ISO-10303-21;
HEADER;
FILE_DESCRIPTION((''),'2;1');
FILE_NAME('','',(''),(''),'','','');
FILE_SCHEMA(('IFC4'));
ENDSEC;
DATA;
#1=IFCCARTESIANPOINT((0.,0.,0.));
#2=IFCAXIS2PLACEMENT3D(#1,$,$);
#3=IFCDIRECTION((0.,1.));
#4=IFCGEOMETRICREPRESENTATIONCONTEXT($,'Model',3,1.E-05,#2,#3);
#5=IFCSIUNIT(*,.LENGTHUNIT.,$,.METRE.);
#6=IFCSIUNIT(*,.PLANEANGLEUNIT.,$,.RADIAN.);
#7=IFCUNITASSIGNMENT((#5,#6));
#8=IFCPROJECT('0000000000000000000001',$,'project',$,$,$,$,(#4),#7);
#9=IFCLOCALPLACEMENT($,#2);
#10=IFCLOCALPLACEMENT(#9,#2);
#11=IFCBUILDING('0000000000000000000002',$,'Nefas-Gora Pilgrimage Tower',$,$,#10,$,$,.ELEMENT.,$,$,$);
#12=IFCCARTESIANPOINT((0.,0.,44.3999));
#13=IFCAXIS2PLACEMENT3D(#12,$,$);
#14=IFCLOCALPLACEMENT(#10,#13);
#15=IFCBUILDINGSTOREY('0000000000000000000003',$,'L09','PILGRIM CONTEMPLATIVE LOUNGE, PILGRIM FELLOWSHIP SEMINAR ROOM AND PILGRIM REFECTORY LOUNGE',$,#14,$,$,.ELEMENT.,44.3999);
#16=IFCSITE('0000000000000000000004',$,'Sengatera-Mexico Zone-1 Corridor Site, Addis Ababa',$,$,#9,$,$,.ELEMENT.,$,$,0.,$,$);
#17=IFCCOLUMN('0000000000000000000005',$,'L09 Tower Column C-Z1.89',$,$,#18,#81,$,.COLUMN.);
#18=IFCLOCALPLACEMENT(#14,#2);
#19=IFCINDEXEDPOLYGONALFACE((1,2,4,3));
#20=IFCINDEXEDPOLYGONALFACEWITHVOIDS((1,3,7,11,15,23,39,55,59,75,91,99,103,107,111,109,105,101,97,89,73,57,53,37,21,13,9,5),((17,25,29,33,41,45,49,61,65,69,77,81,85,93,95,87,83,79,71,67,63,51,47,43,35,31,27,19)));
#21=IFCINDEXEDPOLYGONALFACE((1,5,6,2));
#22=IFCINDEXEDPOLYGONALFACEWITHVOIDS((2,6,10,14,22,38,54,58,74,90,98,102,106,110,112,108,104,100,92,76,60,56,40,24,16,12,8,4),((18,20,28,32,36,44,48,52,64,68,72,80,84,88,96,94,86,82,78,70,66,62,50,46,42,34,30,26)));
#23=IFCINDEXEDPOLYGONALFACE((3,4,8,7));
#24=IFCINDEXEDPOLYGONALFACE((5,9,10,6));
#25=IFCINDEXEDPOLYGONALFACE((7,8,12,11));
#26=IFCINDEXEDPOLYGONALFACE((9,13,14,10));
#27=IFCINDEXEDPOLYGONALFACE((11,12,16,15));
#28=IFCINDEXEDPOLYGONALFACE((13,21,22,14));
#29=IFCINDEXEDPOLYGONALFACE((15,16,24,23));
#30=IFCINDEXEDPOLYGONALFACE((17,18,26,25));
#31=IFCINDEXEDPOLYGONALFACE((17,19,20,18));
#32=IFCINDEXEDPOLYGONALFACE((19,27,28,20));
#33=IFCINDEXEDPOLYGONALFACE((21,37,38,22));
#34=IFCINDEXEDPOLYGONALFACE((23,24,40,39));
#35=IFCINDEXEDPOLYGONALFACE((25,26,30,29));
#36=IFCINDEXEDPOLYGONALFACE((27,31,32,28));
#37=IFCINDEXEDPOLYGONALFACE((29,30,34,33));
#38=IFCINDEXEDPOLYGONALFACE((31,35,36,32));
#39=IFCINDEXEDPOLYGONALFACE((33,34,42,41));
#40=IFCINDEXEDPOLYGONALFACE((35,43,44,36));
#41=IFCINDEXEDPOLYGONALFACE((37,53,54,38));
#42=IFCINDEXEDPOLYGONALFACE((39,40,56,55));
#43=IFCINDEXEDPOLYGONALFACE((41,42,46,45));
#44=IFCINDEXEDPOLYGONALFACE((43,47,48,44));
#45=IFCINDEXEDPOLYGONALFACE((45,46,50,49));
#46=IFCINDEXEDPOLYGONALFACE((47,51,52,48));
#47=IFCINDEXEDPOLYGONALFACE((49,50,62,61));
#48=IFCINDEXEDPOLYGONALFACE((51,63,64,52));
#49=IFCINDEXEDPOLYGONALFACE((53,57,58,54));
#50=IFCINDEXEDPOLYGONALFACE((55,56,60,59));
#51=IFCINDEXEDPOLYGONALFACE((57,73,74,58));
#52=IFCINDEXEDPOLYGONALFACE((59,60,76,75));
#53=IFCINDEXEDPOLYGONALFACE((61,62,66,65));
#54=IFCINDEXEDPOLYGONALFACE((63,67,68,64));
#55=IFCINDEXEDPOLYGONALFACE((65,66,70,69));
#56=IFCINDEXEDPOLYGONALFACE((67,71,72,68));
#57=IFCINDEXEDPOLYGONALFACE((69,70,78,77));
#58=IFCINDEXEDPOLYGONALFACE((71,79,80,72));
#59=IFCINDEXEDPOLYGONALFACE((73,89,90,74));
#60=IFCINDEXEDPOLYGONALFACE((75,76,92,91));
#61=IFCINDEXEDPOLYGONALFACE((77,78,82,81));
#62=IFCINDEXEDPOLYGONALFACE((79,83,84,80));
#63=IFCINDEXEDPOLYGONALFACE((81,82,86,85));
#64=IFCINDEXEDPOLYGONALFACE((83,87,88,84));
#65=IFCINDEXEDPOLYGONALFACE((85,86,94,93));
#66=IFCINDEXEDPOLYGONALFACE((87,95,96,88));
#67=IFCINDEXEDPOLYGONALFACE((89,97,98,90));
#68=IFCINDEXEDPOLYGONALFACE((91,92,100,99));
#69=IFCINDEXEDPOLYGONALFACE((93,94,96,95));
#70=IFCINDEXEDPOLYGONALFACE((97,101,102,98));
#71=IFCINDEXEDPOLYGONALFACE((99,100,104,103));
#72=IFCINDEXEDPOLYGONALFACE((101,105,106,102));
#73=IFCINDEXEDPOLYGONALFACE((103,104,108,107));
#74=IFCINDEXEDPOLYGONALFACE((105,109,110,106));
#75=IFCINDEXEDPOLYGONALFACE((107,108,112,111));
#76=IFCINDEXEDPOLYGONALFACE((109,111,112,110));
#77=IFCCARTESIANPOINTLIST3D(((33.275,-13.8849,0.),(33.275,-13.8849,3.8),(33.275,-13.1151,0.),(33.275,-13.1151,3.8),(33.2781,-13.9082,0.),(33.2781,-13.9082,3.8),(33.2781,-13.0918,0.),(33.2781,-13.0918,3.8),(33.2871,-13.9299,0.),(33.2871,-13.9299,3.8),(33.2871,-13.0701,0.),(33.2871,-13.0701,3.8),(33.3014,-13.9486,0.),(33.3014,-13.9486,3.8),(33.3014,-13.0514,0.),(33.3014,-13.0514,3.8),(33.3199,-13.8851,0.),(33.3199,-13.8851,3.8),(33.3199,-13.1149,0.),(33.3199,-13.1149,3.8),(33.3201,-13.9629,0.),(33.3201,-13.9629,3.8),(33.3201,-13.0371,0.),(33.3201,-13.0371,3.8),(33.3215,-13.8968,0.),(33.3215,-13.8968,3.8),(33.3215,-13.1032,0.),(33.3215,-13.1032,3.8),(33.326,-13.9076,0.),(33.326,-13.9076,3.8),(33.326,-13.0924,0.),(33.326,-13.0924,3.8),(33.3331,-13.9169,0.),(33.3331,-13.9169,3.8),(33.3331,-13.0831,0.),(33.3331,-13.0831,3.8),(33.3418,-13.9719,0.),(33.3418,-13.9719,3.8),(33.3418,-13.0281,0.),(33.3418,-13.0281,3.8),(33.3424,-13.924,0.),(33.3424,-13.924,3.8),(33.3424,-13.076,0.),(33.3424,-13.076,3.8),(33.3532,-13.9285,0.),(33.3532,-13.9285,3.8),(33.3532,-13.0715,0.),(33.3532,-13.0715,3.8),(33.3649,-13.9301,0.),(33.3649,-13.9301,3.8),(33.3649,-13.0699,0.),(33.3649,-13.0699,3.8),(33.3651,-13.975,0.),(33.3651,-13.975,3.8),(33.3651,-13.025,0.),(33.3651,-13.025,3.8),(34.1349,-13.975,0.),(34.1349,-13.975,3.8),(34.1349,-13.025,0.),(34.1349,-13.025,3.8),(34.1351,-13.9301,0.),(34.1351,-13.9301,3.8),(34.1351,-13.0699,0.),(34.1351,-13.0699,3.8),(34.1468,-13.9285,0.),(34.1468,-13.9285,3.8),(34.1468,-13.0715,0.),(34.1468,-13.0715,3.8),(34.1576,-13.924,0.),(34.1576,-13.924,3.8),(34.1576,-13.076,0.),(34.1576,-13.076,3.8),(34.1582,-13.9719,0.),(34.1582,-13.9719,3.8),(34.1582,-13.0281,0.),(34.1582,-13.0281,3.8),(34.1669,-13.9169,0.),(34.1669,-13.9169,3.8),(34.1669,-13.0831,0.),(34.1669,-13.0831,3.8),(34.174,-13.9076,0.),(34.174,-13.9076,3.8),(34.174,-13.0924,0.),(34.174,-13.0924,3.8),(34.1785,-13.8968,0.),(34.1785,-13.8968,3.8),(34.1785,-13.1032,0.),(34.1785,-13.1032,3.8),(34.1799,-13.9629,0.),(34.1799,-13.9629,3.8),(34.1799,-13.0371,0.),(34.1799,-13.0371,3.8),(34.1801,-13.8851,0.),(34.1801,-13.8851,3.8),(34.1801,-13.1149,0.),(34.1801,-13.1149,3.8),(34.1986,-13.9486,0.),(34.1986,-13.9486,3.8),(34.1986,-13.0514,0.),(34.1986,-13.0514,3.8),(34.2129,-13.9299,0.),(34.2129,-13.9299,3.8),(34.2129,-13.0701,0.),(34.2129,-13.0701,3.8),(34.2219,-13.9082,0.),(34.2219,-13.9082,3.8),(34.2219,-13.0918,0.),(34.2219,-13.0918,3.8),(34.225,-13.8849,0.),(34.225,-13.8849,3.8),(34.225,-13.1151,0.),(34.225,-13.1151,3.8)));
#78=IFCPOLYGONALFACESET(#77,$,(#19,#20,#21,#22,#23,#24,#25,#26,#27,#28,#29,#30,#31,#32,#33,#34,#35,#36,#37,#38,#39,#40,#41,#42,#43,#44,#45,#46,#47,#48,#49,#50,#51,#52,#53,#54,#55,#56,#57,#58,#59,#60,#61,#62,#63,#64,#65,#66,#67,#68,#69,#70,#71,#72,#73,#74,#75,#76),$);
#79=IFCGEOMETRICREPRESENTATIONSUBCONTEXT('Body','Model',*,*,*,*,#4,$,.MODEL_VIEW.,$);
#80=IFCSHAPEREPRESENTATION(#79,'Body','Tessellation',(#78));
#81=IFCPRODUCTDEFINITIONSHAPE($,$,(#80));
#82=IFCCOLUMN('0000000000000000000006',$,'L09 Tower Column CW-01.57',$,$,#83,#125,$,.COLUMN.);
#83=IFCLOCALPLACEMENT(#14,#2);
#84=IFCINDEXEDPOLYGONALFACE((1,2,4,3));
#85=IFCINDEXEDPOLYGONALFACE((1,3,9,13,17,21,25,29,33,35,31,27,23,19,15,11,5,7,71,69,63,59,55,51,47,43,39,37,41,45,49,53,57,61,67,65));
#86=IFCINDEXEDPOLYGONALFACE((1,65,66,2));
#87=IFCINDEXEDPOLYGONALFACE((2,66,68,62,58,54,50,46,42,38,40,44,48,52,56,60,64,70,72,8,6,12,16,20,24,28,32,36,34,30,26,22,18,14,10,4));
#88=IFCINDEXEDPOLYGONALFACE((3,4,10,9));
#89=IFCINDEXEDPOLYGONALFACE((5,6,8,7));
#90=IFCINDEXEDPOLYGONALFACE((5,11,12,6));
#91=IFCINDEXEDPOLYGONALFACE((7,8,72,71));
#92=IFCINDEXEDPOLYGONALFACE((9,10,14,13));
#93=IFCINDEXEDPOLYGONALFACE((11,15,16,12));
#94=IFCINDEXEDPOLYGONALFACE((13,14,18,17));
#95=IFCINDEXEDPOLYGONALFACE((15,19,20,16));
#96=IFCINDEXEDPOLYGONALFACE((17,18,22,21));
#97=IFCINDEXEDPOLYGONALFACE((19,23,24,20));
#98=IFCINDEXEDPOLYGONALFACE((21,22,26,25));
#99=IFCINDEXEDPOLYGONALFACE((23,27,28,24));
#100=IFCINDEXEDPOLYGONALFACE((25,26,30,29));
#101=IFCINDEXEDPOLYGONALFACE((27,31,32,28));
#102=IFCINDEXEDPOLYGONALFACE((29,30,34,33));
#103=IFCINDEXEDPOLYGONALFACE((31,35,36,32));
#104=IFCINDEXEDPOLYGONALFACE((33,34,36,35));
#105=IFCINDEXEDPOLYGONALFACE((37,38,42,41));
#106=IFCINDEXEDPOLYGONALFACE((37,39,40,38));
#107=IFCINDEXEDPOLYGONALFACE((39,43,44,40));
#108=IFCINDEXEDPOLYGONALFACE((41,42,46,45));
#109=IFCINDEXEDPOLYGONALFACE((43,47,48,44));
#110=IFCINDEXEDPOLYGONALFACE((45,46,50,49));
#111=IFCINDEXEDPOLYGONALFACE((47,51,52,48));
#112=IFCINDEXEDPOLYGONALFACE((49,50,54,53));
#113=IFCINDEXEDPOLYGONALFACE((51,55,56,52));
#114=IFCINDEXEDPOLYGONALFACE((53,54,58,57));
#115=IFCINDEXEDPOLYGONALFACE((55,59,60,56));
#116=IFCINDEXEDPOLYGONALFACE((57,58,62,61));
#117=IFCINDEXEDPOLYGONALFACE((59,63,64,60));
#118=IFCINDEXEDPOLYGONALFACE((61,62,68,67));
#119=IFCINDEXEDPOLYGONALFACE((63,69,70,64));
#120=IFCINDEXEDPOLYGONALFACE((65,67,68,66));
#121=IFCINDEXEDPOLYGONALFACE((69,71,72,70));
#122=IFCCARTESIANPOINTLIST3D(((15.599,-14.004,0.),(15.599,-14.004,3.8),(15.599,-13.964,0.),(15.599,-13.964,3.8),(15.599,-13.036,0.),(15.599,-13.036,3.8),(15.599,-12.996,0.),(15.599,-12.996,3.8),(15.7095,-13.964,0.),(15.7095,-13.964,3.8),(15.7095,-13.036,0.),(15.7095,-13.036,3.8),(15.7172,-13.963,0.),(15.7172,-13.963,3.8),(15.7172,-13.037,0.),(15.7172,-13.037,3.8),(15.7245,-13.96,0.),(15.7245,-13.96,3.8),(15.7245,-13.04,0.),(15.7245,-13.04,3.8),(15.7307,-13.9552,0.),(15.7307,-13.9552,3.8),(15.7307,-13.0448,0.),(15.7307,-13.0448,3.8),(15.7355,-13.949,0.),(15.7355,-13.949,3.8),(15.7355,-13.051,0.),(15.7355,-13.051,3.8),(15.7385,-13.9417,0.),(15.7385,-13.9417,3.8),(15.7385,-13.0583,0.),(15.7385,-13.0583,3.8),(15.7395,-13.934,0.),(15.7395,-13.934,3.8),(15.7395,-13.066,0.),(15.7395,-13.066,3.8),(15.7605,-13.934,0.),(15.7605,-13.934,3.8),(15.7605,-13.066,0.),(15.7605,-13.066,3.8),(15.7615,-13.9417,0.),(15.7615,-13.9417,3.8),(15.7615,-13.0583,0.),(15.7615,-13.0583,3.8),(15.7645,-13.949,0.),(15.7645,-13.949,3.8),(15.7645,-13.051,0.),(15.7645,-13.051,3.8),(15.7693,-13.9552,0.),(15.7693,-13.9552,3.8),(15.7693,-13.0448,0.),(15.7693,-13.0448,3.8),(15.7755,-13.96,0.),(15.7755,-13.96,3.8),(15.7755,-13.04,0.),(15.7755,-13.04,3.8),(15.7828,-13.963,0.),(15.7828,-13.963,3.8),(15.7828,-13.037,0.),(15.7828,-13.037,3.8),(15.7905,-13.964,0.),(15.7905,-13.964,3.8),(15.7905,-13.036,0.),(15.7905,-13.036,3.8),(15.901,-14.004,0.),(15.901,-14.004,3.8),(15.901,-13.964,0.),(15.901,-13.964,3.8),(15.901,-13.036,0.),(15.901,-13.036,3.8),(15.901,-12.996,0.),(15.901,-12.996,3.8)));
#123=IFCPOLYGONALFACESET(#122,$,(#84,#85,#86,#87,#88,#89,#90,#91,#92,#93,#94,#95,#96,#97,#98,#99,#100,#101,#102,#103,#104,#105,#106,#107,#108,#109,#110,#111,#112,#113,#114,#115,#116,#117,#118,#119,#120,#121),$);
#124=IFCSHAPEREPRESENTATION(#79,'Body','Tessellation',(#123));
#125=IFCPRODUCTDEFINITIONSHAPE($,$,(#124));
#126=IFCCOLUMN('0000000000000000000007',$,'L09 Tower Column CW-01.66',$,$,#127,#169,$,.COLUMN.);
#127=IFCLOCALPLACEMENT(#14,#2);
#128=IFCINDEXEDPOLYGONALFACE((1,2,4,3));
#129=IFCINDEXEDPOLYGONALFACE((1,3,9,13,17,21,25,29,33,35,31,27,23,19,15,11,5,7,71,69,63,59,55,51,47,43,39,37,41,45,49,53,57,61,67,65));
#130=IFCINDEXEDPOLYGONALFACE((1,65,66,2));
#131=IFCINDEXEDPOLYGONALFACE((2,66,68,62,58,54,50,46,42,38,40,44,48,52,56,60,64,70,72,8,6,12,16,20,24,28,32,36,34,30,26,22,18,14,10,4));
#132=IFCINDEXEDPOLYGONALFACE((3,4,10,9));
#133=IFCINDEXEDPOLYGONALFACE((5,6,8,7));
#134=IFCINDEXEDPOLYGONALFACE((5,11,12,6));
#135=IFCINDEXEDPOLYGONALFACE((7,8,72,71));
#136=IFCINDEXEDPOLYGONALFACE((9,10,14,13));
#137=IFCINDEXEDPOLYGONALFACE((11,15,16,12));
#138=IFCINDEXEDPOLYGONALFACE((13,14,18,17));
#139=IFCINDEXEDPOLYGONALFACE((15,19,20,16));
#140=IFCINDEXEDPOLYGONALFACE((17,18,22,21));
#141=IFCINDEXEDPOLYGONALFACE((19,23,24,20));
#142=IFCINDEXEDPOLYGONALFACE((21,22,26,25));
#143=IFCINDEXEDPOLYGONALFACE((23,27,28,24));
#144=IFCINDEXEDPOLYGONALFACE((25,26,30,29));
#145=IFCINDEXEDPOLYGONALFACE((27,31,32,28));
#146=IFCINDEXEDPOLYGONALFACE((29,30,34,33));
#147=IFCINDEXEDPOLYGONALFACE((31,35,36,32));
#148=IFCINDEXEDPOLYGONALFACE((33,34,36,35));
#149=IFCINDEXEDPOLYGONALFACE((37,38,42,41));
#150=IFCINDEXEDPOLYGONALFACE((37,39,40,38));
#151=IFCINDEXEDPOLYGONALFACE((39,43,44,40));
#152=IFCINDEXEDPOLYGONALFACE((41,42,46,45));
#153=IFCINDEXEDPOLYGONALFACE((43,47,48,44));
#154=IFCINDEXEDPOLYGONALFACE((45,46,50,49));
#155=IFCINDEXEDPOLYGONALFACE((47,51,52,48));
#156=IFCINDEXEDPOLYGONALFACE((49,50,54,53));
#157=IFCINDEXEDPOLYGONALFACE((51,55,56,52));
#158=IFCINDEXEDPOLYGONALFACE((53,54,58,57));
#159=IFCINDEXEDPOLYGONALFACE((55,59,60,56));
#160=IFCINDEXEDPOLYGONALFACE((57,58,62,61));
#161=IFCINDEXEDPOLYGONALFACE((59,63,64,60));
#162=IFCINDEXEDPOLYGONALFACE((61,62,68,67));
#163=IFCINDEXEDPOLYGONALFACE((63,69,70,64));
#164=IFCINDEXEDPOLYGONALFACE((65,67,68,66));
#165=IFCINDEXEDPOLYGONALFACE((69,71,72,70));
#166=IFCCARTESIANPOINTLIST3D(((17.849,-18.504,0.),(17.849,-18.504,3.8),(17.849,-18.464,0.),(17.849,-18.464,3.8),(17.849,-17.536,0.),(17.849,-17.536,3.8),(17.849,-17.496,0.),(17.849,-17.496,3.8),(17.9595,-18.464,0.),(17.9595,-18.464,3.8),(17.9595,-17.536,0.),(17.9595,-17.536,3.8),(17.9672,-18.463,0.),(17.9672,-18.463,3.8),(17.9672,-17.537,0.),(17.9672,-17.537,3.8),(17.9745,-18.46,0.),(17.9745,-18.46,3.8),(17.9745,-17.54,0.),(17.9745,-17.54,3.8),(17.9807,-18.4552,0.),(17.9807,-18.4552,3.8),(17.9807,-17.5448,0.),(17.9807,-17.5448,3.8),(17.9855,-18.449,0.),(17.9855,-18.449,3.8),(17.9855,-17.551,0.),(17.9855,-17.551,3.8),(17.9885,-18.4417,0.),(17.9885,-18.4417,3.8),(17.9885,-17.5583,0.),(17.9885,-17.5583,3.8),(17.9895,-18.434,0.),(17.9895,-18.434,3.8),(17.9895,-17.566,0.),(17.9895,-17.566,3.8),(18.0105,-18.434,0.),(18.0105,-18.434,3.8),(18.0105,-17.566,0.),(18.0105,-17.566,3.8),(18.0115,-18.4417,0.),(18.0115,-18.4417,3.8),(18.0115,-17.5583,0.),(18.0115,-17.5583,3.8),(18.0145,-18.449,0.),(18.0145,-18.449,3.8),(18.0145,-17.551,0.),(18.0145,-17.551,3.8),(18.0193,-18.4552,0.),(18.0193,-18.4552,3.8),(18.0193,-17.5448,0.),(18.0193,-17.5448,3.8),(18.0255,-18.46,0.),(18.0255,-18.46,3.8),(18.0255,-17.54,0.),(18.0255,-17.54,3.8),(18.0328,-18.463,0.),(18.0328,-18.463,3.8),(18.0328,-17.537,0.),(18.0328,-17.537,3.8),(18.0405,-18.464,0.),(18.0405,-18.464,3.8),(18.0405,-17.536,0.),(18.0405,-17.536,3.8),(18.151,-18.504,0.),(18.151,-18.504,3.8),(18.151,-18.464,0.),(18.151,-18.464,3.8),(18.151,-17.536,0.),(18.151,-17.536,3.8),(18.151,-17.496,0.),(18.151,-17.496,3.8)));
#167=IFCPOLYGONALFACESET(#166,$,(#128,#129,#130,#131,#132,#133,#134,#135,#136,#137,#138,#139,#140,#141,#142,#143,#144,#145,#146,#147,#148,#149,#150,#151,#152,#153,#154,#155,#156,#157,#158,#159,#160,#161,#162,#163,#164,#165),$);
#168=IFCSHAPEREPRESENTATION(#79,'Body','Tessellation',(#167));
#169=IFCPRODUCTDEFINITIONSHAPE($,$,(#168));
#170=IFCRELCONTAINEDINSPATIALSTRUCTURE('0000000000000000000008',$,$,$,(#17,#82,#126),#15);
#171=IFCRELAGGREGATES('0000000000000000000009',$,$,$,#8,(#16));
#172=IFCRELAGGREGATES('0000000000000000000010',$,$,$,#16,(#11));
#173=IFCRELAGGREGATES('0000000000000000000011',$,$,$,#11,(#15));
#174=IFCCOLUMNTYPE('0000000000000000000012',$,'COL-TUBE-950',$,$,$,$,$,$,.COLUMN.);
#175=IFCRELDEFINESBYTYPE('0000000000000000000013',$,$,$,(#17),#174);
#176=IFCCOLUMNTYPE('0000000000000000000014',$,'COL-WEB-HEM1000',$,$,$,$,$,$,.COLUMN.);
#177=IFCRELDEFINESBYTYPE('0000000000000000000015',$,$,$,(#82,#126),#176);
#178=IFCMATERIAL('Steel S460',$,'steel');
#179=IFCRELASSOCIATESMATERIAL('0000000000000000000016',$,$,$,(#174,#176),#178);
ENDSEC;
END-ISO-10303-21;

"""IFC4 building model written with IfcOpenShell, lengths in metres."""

from ifc_helpers import new_model, si_unit, direction, frame, origin, origin_2d, place, context, subcontext, project, spatial, hollow_rectangle, i_section, extrude, source, transform, mapped, material, material_profile, profile_set, type_object, element, save


model = new_model("IFC4")

# Units and contexts
model_context = context("Model", 3, precision=1e-05, world=origin(), true_north=direction((0.0, 1.0)))
body_context = subcontext(model_context, "Body", "Model", "MODEL_VIEW")
ifc_project = project(units=[si_unit("LENGTHUNIT", "METRE"), si_unit("PLANEANGLEUNIT", "RADIAN")], contexts=[model_context])

# Site, building, storey
site_placement = place(None, origin())
site = spatial("IfcSite", under=ifc_project, at=site_placement, Name="Sengatera-Mexico Zone-1 Corridor Site, Addis Ababa", CompositionType="ELEMENT", RefElevation=0.0)
building_placement = place(site_placement, origin())
building = spatial("IfcBuilding", under=site, at=building_placement, Name="Nefas-Gora Pilgrimage Tower", CompositionType="ELEMENT")
storey_placement = place(building_placement, frame((0.0, 0.0, 44.3999)))
storey = spatial("IfcBuildingStorey", under=building, at=storey_placement, Name="L09", Description="PILGRIM CONTEMPLATIVE LOUNGE, PILGRIM FELLOWSHIP SEMINAR ROOM AND PILGRIM REFECTORY LOUNGE", CompositionType="ELEMENT", Elevation=44.3999)

# Columns
ifc_material_1 = material(Name="Steel S460", Category="steel")
ifc_material_profile_1 = material_profile(ifc_material_1, hollow_rectangle(XDim=0.95, YDim=0.95, WallThickness=0.0449, InnerFilletRadius=0.0449, OuterFilletRadius=0.0901, at=origin_2d()), Name="BOX 950x950x45")
ifc_profile_set_1 = profile_set([ifc_material_profile_1], Name="Steel S460")
column_type_1 = type_object("IfcColumnType", Name="COL-TUBE-950", PredefinedType="COLUMN", material=ifc_profile_set_1)
shared_shape_1 = source(origin(), body_context, "Body", "SweptSolid", [
    extrude(hollow_rectangle(XDim=0.95, YDim=0.95, WallThickness=0.0449, InnerFilletRadius=0.0449, OuterFilletRadius=0.0901, at=origin_2d()), origin(), (0.0, 0.0, 1.0), 3.8),
])
for number, where, z_axis, x_axis, name in (
    (1, (33.75, -13.5, 0.0), (0.0, 0.0, 1.0), (1.0, 0.0, 0.0), "L09 Tower Column C-Z1.89"),
):
    element("IfcColumn", number, at=place(storey_placement, frame(where, z_axis=z_axis, x_axis=x_axis)), inside=storey, type_object=column_type_1, Name=name, PredefinedType="COLUMN", context=body_context, shape_type="MappedRepresentation", body=[
        mapped(shared_shape_1, transform((0.0, 0.0, 0.0), x_axis=(1.0, 0.0, 0.0), y_axis=(0.0, 1.0, 0.0), z_axis=(0.0, 0.0, 1.0), scale=1.0)),
    ])
ifc_material_profile_2 = material_profile(ifc_material_1, i_section(OverallWidth=0.302, OverallDepth=1.0081, WebThickness=0.021, FlangeThickness=0.04, FilletRadius=0.03, at=origin_2d()), Name="HEM 1000")
ifc_profile_set_2 = profile_set([ifc_material_profile_2], Name="Steel S460")
column_type_2 = type_object("IfcColumnType", Name="COL-WEB-HEM1000", PredefinedType="COLUMN", material=ifc_profile_set_2)
shared_shape_2 = source(origin(), body_context, "Body", "SweptSolid", [
    extrude(i_section(OverallWidth=0.302, OverallDepth=1.0081, WebThickness=0.021, FlangeThickness=0.04, FilletRadius=0.03, at=origin_2d()), origin(), (0.0, 0.0, 1.0), 3.8),
])
for number, where, z_axis, x_axis, name in (
    (2, (15.75, -13.5, 0.0), (0.0, 0.0, 1.0), (1.0, 0.0, 0.0), "L09 Tower Column CW-01.57"),
    (3, (18.0, -18.0, 0.0), (0.0, 0.0, 1.0), (1.0, 0.0, 0.0), "L09 Tower Column CW-01.66"),
):
    element("IfcColumn", number, at=place(storey_placement, frame(where, z_axis=z_axis, x_axis=x_axis)), inside=storey, type_object=column_type_2, Name=name, PredefinedType="COLUMN", context=body_context, shape_type="MappedRepresentation", body=[
        mapped(shared_shape_2, transform((0.0, 0.0, 0.0), x_axis=(1.0, 0.0, 0.0), y_axis=(0.0, 1.0, 0.0), z_axis=(0.0, 0.0, 1.0), scale=1.0)),
    ])

save(model, "model.ifc")
